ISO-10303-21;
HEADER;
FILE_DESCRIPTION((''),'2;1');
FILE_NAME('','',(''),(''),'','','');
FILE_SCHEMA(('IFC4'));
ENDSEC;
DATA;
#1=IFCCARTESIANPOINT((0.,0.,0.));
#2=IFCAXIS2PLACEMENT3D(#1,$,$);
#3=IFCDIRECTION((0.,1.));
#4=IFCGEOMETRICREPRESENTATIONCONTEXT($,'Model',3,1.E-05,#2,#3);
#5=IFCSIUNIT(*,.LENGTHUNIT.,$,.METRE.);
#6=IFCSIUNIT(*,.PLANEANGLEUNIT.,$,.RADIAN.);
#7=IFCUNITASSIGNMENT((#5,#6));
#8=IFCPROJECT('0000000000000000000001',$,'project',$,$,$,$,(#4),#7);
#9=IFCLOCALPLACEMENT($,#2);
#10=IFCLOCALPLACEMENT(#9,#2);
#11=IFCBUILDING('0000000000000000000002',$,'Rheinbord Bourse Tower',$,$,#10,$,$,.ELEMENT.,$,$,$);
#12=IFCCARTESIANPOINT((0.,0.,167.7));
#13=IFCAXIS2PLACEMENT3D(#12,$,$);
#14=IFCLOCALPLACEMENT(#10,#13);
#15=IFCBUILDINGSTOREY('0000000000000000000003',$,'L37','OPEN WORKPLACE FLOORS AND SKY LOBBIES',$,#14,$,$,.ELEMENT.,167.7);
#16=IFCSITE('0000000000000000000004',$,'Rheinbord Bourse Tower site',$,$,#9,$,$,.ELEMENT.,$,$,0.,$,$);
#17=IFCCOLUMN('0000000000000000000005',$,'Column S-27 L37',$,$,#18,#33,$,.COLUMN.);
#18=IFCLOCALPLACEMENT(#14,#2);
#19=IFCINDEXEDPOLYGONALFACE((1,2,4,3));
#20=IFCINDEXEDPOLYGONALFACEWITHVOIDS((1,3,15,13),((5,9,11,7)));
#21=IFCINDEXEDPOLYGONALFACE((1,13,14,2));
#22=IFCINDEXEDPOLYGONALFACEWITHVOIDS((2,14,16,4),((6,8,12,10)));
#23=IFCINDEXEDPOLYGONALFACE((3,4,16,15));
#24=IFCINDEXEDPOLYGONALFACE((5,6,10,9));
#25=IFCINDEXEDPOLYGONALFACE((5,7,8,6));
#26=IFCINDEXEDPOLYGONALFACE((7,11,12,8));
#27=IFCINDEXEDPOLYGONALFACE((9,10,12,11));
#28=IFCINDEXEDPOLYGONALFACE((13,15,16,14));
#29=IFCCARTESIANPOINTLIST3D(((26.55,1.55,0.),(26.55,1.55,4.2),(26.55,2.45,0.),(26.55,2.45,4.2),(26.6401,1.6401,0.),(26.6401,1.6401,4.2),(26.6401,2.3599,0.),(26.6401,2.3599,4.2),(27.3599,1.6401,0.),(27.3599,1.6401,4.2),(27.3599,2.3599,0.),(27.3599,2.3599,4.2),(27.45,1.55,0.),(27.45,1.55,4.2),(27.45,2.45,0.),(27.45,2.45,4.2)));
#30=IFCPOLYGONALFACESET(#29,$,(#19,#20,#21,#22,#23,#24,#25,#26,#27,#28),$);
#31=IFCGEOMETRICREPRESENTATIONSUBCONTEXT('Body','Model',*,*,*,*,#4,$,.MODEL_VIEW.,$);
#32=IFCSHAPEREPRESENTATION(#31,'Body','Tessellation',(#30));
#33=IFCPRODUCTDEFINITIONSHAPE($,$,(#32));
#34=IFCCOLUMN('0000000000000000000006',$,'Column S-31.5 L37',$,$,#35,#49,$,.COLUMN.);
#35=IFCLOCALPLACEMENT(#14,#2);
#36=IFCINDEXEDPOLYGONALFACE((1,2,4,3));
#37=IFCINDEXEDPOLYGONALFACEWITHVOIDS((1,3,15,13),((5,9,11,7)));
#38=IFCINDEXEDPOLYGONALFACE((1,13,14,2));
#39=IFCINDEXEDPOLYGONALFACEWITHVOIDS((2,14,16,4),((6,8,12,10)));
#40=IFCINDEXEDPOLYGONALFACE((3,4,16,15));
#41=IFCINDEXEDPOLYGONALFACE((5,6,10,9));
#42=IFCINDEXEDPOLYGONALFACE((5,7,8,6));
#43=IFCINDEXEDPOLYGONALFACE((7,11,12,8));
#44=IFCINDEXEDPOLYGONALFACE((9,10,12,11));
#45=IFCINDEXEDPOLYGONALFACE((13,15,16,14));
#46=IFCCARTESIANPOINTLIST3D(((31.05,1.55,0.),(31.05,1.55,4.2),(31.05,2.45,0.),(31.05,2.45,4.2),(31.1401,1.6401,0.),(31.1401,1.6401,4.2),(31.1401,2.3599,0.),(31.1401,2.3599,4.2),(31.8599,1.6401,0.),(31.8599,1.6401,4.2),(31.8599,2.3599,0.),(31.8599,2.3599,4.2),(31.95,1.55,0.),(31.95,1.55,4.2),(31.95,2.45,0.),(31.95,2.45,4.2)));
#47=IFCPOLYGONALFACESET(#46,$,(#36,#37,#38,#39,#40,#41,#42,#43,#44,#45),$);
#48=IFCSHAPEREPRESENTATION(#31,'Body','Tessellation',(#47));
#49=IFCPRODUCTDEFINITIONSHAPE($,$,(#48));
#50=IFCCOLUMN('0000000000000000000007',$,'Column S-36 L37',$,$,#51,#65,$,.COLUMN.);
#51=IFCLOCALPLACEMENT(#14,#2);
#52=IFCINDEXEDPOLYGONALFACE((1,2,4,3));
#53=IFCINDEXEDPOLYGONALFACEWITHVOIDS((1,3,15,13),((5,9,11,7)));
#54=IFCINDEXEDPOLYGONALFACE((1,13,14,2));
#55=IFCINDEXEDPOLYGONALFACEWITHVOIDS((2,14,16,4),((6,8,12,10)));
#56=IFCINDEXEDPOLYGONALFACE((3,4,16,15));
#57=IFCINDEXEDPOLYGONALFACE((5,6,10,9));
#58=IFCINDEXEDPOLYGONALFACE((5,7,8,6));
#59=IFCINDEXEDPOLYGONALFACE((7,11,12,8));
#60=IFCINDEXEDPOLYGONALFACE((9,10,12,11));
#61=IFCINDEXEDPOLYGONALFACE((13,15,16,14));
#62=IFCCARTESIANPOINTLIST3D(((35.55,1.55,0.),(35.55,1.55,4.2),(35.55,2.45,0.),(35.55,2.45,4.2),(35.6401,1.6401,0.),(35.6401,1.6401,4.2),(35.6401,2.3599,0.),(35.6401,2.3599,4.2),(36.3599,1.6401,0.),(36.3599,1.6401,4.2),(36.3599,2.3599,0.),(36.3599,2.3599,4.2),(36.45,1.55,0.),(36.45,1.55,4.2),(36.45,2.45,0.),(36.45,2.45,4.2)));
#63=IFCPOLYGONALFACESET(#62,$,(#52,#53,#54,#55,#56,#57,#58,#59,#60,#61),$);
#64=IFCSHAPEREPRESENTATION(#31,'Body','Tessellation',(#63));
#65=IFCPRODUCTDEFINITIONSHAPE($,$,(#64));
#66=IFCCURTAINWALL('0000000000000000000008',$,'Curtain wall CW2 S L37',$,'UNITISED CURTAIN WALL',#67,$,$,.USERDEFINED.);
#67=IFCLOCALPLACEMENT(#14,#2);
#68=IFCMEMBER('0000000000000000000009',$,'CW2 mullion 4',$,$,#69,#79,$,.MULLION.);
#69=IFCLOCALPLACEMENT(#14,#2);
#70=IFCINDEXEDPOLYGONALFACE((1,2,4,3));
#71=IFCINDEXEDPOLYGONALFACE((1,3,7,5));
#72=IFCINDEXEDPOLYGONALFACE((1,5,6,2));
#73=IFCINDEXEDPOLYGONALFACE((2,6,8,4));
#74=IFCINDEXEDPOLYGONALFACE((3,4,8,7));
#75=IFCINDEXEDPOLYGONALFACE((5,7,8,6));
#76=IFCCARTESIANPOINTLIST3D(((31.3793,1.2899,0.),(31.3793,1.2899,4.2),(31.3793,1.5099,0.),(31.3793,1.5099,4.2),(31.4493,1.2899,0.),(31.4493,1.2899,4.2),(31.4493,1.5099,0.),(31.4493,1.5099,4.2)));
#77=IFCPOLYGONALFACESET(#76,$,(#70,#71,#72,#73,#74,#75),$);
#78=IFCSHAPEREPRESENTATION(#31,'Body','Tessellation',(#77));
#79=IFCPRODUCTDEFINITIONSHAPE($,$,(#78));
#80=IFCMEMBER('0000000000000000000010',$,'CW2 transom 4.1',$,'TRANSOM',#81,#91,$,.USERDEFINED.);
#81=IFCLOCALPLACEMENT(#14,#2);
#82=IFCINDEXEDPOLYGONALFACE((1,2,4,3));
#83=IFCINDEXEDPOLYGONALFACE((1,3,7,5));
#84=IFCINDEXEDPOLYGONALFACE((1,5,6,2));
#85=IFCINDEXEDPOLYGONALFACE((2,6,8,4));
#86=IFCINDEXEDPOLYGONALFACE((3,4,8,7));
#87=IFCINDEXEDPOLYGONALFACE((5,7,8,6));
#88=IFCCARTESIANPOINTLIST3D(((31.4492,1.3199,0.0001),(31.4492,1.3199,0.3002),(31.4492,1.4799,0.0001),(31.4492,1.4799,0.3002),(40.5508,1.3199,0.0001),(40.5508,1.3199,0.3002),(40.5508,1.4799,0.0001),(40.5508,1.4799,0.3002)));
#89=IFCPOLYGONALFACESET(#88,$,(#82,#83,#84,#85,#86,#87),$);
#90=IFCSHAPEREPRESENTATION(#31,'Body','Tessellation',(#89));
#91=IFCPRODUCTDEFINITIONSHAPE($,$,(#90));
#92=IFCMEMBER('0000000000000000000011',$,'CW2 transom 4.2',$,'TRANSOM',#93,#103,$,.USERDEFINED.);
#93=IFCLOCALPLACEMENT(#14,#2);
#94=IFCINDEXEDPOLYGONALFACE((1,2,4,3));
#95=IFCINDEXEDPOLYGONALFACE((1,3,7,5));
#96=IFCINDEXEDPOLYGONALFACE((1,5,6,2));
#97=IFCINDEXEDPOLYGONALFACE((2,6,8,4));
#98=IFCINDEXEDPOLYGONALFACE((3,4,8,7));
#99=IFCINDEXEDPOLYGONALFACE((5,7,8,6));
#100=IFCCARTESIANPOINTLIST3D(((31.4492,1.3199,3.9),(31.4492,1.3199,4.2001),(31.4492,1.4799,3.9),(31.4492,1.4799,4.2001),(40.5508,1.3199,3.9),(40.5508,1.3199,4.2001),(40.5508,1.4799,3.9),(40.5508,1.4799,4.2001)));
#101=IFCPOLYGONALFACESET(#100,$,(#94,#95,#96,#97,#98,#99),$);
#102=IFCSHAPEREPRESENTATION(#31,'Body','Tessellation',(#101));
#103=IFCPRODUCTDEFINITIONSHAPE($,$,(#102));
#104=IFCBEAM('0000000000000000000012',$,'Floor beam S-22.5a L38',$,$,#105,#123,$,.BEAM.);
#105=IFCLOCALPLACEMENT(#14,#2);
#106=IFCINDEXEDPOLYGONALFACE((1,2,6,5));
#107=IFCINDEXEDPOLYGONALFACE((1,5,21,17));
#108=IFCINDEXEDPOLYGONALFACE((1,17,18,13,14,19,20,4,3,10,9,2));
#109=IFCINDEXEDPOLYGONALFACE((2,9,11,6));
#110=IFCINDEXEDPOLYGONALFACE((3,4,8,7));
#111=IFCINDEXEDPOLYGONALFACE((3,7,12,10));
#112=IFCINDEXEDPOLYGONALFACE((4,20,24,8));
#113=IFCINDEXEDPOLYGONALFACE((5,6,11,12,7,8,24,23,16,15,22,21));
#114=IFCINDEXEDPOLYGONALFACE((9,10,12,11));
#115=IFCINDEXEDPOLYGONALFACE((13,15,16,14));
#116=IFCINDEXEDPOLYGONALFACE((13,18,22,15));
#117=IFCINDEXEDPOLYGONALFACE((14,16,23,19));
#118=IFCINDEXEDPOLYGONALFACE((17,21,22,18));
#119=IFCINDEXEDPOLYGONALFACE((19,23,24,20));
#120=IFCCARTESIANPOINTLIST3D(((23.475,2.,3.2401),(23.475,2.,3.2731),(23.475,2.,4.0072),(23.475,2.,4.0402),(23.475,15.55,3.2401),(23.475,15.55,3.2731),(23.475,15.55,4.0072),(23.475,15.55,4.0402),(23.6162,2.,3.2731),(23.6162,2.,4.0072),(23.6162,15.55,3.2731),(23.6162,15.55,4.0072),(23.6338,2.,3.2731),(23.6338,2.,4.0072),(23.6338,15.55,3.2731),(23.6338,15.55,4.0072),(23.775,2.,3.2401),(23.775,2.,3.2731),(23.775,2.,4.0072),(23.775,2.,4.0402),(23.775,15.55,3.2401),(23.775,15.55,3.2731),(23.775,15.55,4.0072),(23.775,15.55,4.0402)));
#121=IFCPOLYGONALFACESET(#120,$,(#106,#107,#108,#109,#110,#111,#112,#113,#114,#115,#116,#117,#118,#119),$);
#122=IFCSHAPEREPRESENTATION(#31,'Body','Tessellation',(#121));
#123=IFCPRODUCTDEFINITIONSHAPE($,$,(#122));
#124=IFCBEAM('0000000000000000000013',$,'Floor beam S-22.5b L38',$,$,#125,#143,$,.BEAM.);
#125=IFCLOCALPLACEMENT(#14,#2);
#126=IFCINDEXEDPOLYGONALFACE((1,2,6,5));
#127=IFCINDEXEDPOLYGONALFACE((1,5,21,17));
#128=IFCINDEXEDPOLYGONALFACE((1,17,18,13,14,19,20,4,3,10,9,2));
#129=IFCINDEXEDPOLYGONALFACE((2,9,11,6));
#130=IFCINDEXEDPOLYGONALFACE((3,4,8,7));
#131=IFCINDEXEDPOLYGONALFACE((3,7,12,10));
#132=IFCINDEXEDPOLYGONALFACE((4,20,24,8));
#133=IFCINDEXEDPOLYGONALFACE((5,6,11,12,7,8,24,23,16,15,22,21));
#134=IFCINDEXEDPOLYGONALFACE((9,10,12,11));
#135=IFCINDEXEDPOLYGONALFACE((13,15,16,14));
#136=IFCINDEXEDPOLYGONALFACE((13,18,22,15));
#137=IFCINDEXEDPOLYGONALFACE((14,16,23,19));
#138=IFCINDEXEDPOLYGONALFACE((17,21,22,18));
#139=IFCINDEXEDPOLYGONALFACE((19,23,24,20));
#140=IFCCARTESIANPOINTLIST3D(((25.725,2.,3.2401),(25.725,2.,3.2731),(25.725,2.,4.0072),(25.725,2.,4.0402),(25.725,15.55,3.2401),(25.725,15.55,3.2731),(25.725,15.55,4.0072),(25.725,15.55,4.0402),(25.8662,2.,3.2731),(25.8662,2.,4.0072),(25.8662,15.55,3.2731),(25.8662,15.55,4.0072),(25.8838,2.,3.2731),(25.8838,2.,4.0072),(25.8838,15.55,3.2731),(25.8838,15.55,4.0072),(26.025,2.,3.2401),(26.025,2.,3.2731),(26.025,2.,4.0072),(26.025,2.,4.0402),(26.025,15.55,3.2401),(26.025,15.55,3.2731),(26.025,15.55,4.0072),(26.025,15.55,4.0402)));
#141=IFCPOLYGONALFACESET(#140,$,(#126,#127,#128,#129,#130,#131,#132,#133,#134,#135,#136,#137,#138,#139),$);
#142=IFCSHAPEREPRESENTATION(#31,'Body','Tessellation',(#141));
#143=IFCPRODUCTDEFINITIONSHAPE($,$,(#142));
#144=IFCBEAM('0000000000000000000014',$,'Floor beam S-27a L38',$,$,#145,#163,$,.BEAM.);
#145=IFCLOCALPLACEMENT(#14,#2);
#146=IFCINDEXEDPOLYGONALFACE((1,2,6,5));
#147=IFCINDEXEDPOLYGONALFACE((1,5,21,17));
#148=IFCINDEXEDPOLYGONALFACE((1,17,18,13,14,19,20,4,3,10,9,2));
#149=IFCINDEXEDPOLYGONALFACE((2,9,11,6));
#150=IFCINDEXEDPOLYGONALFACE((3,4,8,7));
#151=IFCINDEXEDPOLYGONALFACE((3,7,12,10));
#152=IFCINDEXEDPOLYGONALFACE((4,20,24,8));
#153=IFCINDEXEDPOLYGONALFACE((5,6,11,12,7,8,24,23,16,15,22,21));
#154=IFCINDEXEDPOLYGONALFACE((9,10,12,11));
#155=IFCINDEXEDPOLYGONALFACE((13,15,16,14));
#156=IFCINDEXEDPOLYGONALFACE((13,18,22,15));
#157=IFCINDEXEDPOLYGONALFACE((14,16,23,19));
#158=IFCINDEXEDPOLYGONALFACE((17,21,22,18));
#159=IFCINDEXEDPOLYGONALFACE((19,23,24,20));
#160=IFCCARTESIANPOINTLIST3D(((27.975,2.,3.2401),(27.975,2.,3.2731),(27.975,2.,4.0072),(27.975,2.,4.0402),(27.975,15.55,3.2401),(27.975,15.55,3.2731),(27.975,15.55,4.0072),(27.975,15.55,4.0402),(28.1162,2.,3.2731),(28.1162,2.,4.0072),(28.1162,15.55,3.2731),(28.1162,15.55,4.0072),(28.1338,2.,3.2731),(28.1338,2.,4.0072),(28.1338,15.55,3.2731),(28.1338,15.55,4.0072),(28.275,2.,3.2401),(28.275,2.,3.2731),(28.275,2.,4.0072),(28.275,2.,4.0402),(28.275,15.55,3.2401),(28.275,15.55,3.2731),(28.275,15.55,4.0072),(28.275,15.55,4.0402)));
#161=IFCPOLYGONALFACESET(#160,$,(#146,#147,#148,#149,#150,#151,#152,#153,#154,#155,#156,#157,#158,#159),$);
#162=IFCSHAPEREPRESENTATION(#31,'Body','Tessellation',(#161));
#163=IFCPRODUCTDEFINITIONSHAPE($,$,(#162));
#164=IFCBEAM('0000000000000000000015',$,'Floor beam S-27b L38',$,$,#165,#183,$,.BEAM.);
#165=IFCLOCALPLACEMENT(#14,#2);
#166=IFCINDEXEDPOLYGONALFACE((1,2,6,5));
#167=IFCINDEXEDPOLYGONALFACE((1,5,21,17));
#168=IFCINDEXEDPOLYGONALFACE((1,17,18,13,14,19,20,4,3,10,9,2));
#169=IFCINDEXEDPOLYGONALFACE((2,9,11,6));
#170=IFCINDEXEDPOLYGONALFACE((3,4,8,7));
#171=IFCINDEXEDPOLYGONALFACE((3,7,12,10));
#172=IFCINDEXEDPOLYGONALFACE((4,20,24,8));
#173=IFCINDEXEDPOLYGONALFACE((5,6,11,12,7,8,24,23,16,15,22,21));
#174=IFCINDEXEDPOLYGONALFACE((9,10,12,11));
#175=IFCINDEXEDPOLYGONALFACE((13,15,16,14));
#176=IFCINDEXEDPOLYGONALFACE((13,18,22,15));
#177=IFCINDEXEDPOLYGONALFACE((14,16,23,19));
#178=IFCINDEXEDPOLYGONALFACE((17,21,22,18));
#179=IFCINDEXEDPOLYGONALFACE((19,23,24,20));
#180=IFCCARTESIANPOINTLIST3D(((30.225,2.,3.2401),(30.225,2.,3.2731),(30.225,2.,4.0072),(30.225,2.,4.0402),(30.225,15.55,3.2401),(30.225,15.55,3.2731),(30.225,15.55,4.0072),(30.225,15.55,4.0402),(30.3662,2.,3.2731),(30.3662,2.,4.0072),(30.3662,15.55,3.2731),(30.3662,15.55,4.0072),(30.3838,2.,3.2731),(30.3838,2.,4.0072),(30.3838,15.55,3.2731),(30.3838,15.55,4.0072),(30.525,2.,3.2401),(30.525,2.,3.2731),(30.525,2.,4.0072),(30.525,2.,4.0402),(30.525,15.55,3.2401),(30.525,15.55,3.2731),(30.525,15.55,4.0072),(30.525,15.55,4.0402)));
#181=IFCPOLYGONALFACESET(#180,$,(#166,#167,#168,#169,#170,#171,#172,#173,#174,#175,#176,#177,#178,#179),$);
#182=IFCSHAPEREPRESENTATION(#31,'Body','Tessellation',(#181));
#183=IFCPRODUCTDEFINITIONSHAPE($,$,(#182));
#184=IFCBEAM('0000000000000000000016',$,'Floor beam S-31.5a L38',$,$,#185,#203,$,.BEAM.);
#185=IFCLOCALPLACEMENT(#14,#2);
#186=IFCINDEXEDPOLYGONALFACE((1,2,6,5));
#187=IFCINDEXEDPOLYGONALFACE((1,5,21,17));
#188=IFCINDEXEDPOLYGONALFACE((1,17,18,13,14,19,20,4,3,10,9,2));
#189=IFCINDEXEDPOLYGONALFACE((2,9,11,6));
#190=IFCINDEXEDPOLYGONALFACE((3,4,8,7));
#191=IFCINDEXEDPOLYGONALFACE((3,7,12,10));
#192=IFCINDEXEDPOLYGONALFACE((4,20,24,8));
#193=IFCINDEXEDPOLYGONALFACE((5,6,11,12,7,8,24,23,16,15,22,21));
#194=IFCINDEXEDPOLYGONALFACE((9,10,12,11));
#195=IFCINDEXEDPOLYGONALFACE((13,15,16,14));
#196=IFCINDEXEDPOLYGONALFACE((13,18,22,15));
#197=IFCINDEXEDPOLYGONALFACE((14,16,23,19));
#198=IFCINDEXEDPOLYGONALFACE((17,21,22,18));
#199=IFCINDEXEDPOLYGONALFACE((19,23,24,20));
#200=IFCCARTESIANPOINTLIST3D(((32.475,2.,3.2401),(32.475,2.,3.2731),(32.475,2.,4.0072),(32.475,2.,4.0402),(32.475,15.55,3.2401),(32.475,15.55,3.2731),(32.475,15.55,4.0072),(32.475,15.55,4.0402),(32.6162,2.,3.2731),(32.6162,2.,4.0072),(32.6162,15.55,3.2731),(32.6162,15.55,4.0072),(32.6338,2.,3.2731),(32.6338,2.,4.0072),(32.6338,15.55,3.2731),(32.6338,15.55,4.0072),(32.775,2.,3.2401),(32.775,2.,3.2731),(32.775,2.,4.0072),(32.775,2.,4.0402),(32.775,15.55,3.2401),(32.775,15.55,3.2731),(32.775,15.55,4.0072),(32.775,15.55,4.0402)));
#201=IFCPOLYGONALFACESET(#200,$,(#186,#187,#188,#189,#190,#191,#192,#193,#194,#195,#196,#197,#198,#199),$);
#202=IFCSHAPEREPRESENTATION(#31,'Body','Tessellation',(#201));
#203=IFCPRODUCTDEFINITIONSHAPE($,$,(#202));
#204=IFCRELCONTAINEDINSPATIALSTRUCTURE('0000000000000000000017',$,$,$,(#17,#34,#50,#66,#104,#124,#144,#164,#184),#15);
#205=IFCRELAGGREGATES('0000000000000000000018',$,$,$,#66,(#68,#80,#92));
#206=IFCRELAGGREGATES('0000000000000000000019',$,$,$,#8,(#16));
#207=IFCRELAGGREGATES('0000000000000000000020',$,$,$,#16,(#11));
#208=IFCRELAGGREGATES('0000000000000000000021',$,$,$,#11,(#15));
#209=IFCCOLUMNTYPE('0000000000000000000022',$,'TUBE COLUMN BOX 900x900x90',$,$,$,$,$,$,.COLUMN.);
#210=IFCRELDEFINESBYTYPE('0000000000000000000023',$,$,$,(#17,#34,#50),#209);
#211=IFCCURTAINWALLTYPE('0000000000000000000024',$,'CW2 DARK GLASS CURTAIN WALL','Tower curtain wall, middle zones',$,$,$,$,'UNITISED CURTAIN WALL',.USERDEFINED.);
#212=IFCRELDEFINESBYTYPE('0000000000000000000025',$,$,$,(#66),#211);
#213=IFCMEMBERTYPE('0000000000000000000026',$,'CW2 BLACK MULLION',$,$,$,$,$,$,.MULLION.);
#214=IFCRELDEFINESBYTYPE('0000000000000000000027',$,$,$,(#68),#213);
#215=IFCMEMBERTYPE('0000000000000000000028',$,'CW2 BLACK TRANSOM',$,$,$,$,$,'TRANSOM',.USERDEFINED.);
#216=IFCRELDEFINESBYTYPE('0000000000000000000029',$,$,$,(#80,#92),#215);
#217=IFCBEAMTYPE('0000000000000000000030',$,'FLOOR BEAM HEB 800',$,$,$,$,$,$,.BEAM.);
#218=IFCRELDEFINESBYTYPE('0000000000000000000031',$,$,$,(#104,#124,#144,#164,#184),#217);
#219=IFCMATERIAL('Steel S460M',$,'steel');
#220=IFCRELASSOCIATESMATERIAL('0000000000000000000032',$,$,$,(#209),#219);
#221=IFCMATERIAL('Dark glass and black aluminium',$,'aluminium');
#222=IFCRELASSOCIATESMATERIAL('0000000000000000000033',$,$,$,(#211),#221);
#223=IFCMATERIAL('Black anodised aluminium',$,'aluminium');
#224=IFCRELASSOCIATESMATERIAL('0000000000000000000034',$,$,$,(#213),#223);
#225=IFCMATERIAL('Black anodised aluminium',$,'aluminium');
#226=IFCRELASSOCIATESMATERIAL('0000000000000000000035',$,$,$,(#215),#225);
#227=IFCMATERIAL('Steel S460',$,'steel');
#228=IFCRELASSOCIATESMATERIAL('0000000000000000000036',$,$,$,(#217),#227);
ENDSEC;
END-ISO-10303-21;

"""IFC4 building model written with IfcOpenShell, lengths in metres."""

from ifc_helpers import new_model, si_unit, direction, frame, origin, origin_2d, place, context, subcontext, project, spatial, rectangle, hollow_rectangle, i_section, extrude, material, material_profile, profile_set, type_object, element, aggregate, save


model = new_model("IFC4")

# Units and contexts
model_context = context("Model", 3, precision=1e-05, world=origin(), true_north=direction((0.0, 1.0)))
body_context = subcontext(model_context, "Body", "Model", "MODEL_VIEW")
ifc_project = project(units=[si_unit("LENGTHUNIT", "METRE"), si_unit("PLANEANGLEUNIT", "RADIAN")], contexts=[model_context])

# Site, building, storey
site_placement = place(None, origin())
site = spatial("IfcSite", under=ifc_project, at=site_placement, Name="Rheinbord Bourse Tower site", CompositionType="ELEMENT", RefElevation=0.0)
building_placement = place(site_placement, origin())
building = spatial("IfcBuilding", under=site, at=building_placement, Name="Rheinbord Bourse Tower", CompositionType="ELEMENT")
storey_placement = place(building_placement, frame((0.0, 0.0, 167.7)))
storey = spatial("IfcBuildingStorey", under=building, at=storey_placement, Name="L37", Description="OPEN WORKPLACE FLOORS AND SKY LOBBIES", CompositionType="ELEMENT", Elevation=167.7)

# Columns
ifc_material_1 = material(Name="Steel S460M", Category="steel")
ifc_material_profile_1 = material_profile(ifc_material_1, hollow_rectangle(XDim=0.8999, YDim=0.8999, WallThickness=0.0901, at=origin_2d()), Name="BOX 900x900x90")
ifc_profile_set_1 = profile_set([ifc_material_profile_1], Name="Steel S460M")
column_type = type_object("IfcColumnType", Name="TUBE COLUMN BOX 900x900x90", PredefinedType="COLUMN", material=ifc_profile_set_1)
for number, where, z_axis, x_axis, name in (
    (1, (27.0, 2.0, 0.0), (0.0, 0.0, 1.0), (0.0, 1.0, 0.0), "Column S-27 L37"),
    (2, (31.5, 2.0, 0.0), (0.0, 0.0, 1.0), (0.0, 1.0, 0.0), "Column S-31.5 L37"),
    (3, (36.0, 2.0, 0.0), (0.0, 0.0, 1.0), (0.0, 1.0, 0.0), "Column S-36 L37"),
):
    element("IfcColumn", number, at=place(storey_placement, frame(where, z_axis=z_axis, x_axis=x_axis)), inside=storey, type_object=column_type, Name=name, PredefinedType="COLUMN", context=body_context, shape_type="SweptSolid", body=[
        extrude(hollow_rectangle(XDim=0.8999, YDim=0.8999, WallThickness=0.0901, at=origin_2d()), origin(), (0.0, 0.0, 1.0), 4.2),
    ])

# Curtain wall, members
ifc_material_2 = material(Name="Dark glass and black aluminium", Category="aluminium")
curtain_wall_type = type_object("IfcCurtainWallType", Name="CW2 DARK GLASS CURTAIN WALL", Description="Tower curtain wall, middle zones", ElementType="UNITISED CURTAIN WALL", PredefinedType="USERDEFINED", material=ifc_material_2)
curtain_wall_placement = place(storey_placement, origin())
curtain_wall = element("IfcCurtainWall", 4, at=curtain_wall_placement, inside=storey, type_object=curtain_wall_type, Name="Curtain wall CW2 S L37", ObjectType="UNITISED CURTAIN WALL", PredefinedType="USERDEFINED")
ifc_material_3 = material(Name="Black anodised aluminium", Category="aluminium")
ifc_material_profile_2 = material_profile(ifc_material_3, rectangle(XDim=0.22, YDim=0.0701, at=origin_2d()), Name="CW2 MULLION 70x220")
ifc_profile_set_2 = profile_set([ifc_material_profile_2], Name="Black anodised aluminium")
member_type_1 = type_object("IfcMemberType", Name="CW2 BLACK MULLION", PredefinedType="MULLION", material=ifc_profile_set_2)
member_1_placement = place(storey_placement, frame((31.4143, 1.3999, 0.0), z_axis=(0.0, 0.0, 1.0), x_axis=(0.0, 1.0, 0.0)))
member_1 = element("IfcMember", 5, at=member_1_placement, type_object=member_type_1, Name="CW2 mullion 4", PredefinedType="MULLION", context=body_context, shape_type="SweptSolid", body=[
    extrude(rectangle(XDim=0.22, YDim=0.0701, at=origin_2d()), origin(), (0.0, 0.0, 1.0), 4.2),
])
ifc_material_4 = material(Name="Black anodised aluminium", Category="aluminium")
ifc_material_profile_3 = material_profile(ifc_material_4, rectangle(XDim=0.1599, YDim=0.3, at=origin_2d()), Name="CW2 TRANSOM 300x160")
ifc_profile_set_3 = profile_set([ifc_material_profile_3], Name="Black anodised aluminium")
member_type_2 = type_object("IfcMemberType", Name="CW2 BLACK TRANSOM", ElementType="TRANSOM", PredefinedType="USERDEFINED", material=ifc_profile_set_3)
member_2_placement = place(storey_placement, frame((31.4492, 1.3999, 0.1501), z_axis=(1.0, 0.0, 0.0), x_axis=(0.0, 1.0, 0.0)))
member_2 = element("IfcMember", 6, at=member_2_placement, type_object=member_type_2, Name="CW2 transom 4.1", ObjectType="TRANSOM", PredefinedType="USERDEFINED", context=body_context, shape_type="SweptSolid", body=[
    extrude(rectangle(XDim=0.1599, YDim=0.3, at=origin_2d()), origin(), (0.0, 0.0, 1.0), 9.1016),
])
member_3_placement = place(storey_placement, frame((31.4492, 1.3999, 4.05), z_axis=(1.0, 0.0, 0.0), x_axis=(0.0, 1.0, 0.0)))
member_3 = element("IfcMember", 7, at=member_3_placement, type_object=member_type_2, Name="CW2 transom 4.2", ObjectType="TRANSOM", PredefinedType="USERDEFINED", context=body_context, shape_type="SweptSolid", body=[
    extrude(rectangle(XDim=0.1599, YDim=0.3, at=origin_2d()), origin(), (0.0, 0.0, 1.0), 9.1016),
])

# Beams
ifc_material_5 = material(Name="Steel S460", Category="steel")
ifc_material_profile_4 = material_profile(ifc_material_5, i_section(OverallWidth=0.3, OverallDepth=0.8, WebThickness=0.0176, FlangeThickness=0.033, at=origin_2d()), Name="HEB 800")
ifc_profile_set_4 = profile_set([ifc_material_profile_4], Name="Steel S460")
beam_type_1 = type_object("IfcBeamType", Name="FLOOR BEAM HEB 800", PredefinedType="BEAM", material=ifc_profile_set_4)
for number, where, z_axis, x_axis, name in (
    (8, (23.625, 2.0, 3.6401), (0.0, 1.0, 0.0), (-1.0, 0.0, 0.0), "Floor beam S-22.5a L38"),
    (9, (25.875, 2.0, 3.6401), (0.0, 1.0, 0.0), (-1.0, 0.0, 0.0), "Floor beam S-22.5b L38"),
    (10, (28.125, 2.0, 3.6401), (0.0, 1.0, 0.0), (-1.0, 0.0, 0.0), "Floor beam S-27a L38"),
    (11, (30.375, 2.0, 3.6401), (0.0, 1.0, 0.0), (-1.0, 0.0, 0.0), "Floor beam S-27b L38"),
    (12, (32.625, 2.0, 3.6401), (0.0, 1.0, 0.0), (-1.0, 0.0, 0.0), "Floor beam S-31.5a L38"),
):
    element("IfcBeam", number, at=place(storey_placement, frame(where, z_axis=z_axis, x_axis=x_axis)), inside=storey, type_object=beam_type_1, Name=name, PredefinedType="BEAM", context=body_context, shape_type="SweptSolid", body=[
        extrude(i_section(OverallWidth=0.3, OverallDepth=0.8, WebThickness=0.0176, FlangeThickness=0.033, at=origin_2d()), origin(), (0.0, 0.0, 1.0), 13.55),
    ])

aggregate(curtain_wall, [member_1, member_2, member_3])

save(model, "model.ifc")
